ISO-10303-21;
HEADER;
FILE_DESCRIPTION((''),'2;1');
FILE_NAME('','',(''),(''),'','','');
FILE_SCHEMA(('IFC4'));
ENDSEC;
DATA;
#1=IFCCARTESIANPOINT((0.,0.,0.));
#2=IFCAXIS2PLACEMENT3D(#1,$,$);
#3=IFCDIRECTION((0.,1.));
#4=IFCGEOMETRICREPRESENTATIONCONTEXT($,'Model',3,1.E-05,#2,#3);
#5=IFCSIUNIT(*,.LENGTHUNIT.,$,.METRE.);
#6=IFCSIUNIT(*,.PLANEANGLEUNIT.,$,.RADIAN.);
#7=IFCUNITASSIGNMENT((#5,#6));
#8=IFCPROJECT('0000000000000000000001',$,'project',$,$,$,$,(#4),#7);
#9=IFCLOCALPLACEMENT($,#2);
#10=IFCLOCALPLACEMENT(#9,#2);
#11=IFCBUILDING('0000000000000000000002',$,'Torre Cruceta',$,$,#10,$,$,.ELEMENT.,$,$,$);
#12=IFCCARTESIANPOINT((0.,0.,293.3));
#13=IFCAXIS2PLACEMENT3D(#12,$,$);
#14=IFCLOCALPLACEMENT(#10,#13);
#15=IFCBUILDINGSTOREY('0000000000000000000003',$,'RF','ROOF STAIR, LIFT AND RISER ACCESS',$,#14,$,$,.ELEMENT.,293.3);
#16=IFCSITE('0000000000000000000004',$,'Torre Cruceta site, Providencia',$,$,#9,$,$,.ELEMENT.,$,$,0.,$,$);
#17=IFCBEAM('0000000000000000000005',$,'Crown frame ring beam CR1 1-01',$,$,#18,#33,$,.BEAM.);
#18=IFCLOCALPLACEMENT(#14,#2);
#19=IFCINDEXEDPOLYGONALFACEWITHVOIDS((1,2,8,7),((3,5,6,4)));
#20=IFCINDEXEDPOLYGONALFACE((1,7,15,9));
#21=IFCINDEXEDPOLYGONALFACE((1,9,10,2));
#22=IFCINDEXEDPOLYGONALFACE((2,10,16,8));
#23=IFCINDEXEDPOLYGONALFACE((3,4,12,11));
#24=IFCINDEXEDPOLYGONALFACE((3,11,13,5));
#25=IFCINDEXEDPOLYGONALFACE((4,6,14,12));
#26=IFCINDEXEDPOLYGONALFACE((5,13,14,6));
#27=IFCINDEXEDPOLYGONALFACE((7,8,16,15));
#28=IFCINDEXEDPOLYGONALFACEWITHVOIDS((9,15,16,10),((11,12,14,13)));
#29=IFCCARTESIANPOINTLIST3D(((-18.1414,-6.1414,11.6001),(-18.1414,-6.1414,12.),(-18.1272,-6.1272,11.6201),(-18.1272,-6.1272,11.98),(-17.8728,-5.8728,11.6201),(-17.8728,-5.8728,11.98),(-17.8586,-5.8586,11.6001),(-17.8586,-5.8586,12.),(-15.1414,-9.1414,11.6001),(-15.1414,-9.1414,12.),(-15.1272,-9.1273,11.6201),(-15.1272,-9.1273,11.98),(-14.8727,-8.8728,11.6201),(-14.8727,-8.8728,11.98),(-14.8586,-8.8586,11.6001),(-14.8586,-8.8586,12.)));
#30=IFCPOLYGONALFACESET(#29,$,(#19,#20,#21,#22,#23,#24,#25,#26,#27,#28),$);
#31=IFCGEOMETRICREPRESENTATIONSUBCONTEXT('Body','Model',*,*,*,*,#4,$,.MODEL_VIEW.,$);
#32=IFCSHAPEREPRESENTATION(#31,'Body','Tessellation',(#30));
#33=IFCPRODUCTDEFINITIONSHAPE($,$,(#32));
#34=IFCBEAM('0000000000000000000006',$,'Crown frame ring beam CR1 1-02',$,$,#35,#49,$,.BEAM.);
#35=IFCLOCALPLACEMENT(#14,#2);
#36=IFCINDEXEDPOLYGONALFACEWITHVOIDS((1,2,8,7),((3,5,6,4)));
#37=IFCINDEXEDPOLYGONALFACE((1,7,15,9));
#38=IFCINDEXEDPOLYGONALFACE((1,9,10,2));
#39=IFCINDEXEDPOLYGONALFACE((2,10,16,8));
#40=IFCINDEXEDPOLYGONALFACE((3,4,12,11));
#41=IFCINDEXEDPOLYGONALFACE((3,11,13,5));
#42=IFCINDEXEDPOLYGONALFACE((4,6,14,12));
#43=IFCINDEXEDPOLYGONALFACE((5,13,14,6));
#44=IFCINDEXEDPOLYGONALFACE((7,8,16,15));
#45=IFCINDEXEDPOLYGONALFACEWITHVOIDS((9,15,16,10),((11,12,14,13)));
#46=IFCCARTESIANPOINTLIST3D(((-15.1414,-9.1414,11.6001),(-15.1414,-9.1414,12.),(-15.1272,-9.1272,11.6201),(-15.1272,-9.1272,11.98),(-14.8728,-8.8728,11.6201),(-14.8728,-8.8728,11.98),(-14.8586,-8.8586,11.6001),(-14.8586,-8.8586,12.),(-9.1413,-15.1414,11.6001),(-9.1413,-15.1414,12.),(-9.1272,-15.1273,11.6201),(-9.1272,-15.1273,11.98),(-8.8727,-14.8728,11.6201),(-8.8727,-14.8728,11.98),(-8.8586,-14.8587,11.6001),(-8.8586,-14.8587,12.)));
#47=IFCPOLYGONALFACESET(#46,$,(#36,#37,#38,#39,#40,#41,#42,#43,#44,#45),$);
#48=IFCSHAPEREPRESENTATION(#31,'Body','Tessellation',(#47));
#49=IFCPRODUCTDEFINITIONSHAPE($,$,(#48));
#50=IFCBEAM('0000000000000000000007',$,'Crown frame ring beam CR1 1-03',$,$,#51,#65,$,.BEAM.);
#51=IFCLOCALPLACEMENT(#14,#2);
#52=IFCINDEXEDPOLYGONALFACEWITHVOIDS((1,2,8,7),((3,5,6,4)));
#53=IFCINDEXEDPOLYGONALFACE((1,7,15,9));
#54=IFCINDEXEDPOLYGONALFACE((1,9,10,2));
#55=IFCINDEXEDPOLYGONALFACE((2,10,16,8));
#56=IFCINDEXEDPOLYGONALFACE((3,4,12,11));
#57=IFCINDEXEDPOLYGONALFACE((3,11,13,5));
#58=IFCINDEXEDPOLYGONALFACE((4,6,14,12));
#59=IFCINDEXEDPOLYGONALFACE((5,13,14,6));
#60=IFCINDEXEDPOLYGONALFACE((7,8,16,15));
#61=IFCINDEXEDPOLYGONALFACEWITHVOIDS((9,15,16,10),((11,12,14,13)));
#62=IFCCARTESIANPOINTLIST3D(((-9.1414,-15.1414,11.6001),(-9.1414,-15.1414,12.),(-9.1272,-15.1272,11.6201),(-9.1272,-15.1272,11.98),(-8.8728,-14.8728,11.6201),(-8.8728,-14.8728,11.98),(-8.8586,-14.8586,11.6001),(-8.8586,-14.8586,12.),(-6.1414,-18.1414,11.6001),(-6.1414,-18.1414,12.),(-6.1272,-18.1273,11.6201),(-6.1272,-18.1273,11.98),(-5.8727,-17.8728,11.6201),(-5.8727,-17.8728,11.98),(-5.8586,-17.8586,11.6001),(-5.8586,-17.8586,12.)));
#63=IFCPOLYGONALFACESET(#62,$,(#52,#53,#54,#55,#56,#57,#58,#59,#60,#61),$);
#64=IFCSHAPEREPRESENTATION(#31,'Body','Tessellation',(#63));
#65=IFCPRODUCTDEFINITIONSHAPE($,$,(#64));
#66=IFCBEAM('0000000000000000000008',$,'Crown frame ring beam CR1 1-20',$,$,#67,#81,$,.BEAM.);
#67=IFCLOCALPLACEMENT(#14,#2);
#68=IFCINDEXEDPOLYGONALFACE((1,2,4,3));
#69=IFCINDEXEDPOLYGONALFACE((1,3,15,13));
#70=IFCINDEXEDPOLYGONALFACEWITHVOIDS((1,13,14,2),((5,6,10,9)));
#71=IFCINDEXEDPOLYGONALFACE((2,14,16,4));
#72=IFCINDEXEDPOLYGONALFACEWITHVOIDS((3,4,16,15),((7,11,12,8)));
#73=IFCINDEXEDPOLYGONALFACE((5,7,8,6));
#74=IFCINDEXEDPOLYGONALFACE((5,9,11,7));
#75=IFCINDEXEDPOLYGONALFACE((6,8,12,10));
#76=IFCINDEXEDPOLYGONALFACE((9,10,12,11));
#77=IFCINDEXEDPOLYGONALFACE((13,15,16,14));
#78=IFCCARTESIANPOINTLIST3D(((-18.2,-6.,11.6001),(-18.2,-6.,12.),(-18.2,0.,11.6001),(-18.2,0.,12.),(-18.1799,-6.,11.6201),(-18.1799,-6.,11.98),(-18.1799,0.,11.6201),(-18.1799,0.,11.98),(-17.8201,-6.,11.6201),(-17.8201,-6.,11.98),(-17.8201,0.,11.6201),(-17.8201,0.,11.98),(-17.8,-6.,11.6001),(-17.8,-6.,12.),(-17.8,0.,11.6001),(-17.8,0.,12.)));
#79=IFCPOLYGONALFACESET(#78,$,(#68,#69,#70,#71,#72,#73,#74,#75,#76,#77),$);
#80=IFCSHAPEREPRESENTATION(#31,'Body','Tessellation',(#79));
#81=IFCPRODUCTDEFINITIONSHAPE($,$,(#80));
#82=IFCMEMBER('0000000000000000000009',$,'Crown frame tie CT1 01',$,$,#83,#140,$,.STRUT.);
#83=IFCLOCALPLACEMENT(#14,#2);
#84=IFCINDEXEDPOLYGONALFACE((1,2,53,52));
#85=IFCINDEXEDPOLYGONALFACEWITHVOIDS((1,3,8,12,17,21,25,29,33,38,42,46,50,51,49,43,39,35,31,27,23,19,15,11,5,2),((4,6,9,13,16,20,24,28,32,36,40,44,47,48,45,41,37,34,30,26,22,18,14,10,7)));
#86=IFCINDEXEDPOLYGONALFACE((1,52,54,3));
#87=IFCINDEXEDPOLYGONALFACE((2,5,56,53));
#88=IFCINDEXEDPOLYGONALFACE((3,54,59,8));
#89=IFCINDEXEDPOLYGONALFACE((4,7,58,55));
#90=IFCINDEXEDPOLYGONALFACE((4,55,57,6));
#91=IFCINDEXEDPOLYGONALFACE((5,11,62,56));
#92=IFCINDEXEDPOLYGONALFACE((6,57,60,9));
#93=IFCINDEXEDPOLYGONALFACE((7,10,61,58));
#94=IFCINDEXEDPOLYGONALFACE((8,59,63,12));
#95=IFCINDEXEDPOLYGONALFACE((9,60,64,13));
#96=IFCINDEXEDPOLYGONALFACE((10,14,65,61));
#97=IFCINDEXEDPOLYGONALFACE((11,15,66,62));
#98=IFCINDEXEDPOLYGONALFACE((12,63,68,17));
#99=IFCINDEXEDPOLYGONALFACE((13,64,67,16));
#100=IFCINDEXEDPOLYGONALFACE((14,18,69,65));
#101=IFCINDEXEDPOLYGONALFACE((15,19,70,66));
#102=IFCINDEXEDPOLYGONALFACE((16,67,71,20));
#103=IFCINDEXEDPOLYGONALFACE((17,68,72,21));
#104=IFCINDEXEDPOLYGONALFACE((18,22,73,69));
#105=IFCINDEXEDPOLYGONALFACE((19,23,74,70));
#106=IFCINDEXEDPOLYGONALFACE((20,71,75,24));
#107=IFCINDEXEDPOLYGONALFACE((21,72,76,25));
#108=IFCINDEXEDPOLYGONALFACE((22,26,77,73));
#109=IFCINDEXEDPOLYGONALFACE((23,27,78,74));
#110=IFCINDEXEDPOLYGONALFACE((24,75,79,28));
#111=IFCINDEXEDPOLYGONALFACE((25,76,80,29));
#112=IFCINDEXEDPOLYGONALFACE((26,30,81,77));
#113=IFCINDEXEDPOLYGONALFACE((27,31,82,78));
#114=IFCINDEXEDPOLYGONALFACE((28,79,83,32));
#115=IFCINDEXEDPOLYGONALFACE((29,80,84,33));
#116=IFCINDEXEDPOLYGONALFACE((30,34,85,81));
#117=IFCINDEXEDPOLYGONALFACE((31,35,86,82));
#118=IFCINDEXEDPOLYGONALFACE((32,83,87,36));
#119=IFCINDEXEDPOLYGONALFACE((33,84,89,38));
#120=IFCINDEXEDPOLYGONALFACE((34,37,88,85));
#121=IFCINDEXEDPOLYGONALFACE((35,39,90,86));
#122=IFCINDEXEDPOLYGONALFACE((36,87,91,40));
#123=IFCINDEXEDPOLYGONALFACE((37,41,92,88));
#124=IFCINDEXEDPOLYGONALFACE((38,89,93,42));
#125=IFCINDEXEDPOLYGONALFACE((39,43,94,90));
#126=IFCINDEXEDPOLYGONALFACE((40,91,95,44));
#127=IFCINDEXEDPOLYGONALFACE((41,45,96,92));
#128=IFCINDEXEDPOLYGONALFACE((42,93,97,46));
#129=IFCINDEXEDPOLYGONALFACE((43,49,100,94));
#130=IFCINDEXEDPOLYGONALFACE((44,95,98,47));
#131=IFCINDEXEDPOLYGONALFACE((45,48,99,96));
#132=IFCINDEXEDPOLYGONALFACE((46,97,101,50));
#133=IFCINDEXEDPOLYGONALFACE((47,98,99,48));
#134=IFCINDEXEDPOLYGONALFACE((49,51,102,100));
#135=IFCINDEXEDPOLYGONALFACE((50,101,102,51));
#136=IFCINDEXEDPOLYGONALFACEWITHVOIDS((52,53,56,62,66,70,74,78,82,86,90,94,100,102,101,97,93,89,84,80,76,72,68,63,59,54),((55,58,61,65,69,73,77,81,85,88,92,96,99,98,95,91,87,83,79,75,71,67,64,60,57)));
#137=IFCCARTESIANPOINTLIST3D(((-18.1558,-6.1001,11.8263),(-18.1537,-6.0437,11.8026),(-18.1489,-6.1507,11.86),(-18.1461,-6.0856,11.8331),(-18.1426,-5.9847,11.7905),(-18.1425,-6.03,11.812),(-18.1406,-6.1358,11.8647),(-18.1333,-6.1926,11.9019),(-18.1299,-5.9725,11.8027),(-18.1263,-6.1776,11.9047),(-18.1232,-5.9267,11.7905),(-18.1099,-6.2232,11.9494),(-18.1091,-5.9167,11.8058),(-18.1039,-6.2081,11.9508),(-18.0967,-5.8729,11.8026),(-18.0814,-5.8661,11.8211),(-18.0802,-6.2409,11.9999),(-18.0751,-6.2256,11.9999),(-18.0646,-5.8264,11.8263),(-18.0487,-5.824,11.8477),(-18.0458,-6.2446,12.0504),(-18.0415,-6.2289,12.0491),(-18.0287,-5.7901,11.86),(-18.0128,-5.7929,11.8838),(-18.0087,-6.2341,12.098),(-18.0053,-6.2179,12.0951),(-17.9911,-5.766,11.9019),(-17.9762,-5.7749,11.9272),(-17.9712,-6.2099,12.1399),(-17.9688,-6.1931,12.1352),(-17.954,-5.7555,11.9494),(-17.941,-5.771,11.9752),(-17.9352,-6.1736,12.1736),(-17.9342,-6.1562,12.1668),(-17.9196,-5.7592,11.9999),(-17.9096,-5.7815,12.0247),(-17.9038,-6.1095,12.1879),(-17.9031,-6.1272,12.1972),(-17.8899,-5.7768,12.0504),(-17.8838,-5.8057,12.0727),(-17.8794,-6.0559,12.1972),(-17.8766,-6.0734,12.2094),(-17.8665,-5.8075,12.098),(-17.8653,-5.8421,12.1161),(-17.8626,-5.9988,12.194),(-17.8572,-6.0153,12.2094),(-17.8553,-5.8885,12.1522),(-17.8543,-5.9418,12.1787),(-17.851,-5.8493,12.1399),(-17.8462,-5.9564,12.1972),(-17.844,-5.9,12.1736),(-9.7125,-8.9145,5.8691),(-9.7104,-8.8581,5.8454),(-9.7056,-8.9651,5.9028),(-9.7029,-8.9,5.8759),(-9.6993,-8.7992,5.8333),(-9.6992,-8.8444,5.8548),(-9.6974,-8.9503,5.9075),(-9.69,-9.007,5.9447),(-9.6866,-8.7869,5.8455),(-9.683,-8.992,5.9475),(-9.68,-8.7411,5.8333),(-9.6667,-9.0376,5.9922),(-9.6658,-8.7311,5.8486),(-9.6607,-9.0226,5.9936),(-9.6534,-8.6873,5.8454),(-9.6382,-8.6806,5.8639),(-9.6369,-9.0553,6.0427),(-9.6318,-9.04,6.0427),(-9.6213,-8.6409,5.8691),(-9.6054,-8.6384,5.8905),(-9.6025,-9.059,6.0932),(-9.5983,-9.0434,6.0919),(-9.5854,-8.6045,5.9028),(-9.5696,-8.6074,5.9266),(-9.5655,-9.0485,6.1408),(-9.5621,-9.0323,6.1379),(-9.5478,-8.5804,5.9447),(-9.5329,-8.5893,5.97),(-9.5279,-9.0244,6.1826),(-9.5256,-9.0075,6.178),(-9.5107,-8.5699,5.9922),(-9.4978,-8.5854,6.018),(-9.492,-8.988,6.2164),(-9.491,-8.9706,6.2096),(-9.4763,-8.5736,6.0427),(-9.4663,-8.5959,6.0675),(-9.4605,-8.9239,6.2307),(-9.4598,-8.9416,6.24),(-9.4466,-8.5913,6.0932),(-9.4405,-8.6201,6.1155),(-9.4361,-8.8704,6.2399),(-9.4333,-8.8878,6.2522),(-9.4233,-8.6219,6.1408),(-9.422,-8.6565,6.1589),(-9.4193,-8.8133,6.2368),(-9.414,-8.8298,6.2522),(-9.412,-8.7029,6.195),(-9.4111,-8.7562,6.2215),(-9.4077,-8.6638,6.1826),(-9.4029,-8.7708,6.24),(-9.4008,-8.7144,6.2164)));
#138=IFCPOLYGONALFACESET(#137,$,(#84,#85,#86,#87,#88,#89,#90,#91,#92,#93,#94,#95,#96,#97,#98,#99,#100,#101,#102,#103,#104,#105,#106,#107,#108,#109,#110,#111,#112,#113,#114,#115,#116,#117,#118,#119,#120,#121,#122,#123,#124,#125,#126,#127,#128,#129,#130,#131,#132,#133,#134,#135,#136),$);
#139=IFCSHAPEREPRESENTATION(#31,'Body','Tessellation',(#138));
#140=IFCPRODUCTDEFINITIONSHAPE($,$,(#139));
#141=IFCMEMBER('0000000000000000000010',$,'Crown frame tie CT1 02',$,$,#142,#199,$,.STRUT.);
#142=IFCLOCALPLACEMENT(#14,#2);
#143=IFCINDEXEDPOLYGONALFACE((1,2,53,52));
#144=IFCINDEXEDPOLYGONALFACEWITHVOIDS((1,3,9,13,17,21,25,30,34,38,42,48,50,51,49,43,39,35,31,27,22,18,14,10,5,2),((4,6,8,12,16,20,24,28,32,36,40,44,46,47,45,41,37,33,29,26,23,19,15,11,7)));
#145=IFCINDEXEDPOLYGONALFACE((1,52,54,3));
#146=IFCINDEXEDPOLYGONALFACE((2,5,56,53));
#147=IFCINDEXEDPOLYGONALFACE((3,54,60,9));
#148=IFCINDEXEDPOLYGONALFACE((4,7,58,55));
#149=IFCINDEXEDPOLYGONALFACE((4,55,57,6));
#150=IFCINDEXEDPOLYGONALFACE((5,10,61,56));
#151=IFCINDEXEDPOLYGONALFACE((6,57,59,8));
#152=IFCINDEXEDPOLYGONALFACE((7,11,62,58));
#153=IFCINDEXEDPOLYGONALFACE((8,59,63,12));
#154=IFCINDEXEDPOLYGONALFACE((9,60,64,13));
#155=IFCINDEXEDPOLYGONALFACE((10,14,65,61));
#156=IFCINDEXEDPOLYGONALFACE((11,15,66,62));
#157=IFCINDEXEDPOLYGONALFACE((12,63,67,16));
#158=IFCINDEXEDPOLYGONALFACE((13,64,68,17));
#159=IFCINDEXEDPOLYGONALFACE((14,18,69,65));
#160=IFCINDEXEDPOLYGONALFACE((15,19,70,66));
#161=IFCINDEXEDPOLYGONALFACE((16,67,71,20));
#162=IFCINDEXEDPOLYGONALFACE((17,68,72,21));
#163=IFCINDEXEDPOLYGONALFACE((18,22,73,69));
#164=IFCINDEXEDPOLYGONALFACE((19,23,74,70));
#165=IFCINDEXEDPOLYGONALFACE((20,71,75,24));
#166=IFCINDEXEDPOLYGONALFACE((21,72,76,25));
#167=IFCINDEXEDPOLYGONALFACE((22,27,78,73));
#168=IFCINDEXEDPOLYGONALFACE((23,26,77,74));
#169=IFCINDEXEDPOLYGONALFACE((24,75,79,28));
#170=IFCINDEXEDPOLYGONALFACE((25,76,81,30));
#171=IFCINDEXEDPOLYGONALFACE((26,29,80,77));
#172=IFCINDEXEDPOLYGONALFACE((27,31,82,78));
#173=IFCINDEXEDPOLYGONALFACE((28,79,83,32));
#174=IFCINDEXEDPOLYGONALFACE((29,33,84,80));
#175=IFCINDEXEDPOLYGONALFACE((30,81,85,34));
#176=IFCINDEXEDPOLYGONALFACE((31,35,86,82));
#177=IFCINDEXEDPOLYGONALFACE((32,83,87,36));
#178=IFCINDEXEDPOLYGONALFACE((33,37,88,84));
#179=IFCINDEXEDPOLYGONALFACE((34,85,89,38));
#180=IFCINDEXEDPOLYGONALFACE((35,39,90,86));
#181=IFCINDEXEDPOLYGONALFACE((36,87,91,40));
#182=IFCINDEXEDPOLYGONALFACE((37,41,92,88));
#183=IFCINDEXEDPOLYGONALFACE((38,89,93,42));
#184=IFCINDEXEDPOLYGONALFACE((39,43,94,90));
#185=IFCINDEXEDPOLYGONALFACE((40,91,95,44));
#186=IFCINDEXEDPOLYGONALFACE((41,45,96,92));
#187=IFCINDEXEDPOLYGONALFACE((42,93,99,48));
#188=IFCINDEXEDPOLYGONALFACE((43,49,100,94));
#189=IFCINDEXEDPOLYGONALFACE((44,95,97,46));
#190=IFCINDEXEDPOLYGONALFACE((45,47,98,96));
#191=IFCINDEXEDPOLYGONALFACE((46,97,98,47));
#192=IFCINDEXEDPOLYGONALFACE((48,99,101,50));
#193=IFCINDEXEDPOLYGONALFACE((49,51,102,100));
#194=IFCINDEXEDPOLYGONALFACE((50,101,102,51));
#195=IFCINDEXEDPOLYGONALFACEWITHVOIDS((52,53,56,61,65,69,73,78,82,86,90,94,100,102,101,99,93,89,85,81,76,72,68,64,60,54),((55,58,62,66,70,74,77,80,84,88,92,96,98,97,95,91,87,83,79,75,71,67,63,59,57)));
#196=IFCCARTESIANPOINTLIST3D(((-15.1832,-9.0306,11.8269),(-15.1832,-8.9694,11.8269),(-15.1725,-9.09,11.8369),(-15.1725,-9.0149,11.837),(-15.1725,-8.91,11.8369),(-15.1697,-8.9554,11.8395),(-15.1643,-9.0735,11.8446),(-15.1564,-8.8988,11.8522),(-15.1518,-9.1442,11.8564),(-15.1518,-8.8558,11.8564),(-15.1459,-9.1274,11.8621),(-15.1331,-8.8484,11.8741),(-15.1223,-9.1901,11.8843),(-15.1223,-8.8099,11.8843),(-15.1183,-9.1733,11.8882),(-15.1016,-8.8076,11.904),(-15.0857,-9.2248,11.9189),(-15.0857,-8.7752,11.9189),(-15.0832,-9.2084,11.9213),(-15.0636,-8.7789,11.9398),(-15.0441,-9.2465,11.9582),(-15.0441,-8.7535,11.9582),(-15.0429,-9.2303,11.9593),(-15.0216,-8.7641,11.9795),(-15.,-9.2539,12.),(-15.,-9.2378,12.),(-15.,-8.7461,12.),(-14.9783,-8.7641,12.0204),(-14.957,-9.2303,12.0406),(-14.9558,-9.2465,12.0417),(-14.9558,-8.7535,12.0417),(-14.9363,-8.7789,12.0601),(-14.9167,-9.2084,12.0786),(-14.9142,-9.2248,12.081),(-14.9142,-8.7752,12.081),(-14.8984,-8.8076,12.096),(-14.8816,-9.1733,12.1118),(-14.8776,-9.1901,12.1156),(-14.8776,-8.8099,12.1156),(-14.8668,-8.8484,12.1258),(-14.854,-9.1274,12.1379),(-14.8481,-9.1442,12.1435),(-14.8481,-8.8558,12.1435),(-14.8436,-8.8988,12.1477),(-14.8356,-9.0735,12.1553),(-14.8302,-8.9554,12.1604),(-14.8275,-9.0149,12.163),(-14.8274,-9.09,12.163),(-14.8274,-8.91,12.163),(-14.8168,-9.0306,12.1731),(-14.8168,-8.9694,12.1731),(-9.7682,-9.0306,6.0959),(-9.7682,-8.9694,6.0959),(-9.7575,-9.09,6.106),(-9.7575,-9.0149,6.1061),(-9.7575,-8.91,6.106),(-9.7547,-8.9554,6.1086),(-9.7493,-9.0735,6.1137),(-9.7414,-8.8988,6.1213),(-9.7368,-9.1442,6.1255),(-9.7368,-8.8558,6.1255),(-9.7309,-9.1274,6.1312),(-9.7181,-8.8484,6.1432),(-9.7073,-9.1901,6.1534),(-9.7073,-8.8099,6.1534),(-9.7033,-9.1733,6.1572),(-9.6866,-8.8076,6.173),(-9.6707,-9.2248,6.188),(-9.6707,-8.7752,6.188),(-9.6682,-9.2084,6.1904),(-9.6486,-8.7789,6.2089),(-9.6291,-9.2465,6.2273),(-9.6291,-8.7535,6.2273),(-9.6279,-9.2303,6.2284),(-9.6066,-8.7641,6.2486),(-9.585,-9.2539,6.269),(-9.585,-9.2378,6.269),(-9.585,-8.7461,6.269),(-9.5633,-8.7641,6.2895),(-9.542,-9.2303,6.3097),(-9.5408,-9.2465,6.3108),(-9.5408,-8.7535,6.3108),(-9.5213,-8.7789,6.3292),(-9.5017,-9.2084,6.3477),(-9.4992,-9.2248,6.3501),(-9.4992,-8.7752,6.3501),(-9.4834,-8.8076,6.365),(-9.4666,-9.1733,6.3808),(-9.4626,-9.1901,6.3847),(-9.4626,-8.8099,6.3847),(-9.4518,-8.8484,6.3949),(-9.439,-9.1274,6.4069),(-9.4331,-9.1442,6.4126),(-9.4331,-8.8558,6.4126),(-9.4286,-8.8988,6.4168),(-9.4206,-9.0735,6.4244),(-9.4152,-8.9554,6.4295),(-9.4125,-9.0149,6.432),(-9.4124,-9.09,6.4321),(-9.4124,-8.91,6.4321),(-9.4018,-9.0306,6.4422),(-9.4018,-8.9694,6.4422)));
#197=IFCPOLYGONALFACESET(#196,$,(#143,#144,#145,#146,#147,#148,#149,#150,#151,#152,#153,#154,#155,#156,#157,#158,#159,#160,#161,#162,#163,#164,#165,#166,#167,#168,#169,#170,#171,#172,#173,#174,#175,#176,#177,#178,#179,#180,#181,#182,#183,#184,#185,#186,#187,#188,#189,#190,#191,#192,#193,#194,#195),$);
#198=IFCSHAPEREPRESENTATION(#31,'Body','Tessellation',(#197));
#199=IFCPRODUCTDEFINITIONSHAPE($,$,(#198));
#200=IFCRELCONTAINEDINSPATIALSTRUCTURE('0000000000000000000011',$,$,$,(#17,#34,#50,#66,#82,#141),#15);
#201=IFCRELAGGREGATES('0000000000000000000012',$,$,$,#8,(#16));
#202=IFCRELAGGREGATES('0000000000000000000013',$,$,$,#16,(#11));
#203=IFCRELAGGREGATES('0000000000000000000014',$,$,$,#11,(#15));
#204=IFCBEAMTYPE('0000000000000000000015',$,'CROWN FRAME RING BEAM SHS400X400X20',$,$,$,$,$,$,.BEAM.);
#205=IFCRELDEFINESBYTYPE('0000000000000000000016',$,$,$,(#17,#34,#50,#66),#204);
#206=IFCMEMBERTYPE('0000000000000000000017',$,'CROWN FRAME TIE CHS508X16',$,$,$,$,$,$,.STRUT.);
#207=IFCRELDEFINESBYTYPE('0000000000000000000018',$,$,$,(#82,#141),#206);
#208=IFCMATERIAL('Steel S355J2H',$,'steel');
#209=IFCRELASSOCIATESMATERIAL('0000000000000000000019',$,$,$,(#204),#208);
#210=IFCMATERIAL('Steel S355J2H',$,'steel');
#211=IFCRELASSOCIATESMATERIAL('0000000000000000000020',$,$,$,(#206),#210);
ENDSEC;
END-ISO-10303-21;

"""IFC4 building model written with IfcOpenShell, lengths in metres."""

from ifc_helpers import new_model, si_unit, direction, frame, origin, origin_2d, place, context, subcontext, project, spatial, hollow_rectangle, hollow_circle, extrude, material, material_profile, profile_set, type_object, element, save


model = new_model("IFC4")

# Units and contexts
model_context = context("Model", 3, precision=1e-05, world=origin(), true_north=direction((0.0, 1.0)))
body_context = subcontext(model_context, "Body", "Model", "MODEL_VIEW")
ifc_project = project(units=[si_unit("LENGTHUNIT", "METRE"), si_unit("PLANEANGLEUNIT", "RADIAN")], contexts=[model_context])

# Site, building, storey
site_placement = place(None, origin())
site = spatial("IfcSite", under=ifc_project, at=site_placement, Name="Torre Cruceta site, Providencia", CompositionType="ELEMENT", RefElevation=0.0)
building_placement = place(site_placement, origin())
building = spatial("IfcBuilding", under=site, at=building_placement, Name="Torre Cruceta", CompositionType="ELEMENT")
storey_placement = place(building_placement, frame((0.0, 0.0, 293.3)))
storey = spatial("IfcBuildingStorey", under=building, at=storey_placement, Name="RF", Description="ROOF STAIR, LIFT AND RISER ACCESS", CompositionType="ELEMENT", Elevation=293.3)

# Beams
ifc_material_1 = material(Name="Steel S355J2H", Category="steel")
ifc_material_profile_1 = material_profile(ifc_material_1, hollow_rectangle(XDim=0.3999, YDim=0.3999, WallThickness=0.02, at=origin_2d()), Name="SHS400X400X20")
ifc_profile_set_1 = profile_set([ifc_material_profile_1], Name="Steel S355J2H")
beam_type_1 = type_object("IfcBeamType", Name="CROWN FRAME RING BEAM SHS400X400X20", PredefinedType="BEAM", material=ifc_profile_set_1)
beam_1_placement = place(storey_placement, frame((-18.0, -6.0, 11.8), z_axis=(0.707107, -0.707107, 0.0), x_axis=(0.707107, 0.707107, 0.0)))
element("IfcBeam", 1, at=beam_1_placement, inside=storey, type_object=beam_type_1, Name="Crown frame ring beam CR1 1-01", PredefinedType="BEAM", context=body_context, shape_type="SweptSolid", body=[
    extrude(hollow_rectangle(XDim=0.3999, YDim=0.3999, WallThickness=0.02, at=origin_2d()), origin(), (0.0, 0.0, 1.0), 4.2427),
])
beam_2_placement = place(storey_placement, frame((-15.0, -9.0, 11.8), z_axis=(0.707107, -0.707107, 0.0), x_axis=(0.707107, 0.707107, 0.0)))
element("IfcBeam", 2, at=beam_2_placement, inside=storey, type_object=beam_type_1, Name="Crown frame ring beam CR1 1-02", PredefinedType="BEAM", context=body_context, shape_type="SweptSolid", body=[
    extrude(hollow_rectangle(XDim=0.3999, YDim=0.3999, WallThickness=0.02, at=origin_2d()), origin(), (0.0, 0.0, 1.0), 8.4854),
])
beam_3_placement = place(storey_placement, frame((-9.0, -15.0, 11.8), z_axis=(0.707107, -0.707107, 0.0), x_axis=(0.707107, 0.707107, 0.0)))
element("IfcBeam", 3, at=beam_3_placement, inside=storey, type_object=beam_type_1, Name="Crown frame ring beam CR1 1-03", PredefinedType="BEAM", context=body_context, shape_type="SweptSolid", body=[
    extrude(hollow_rectangle(XDim=0.3999, YDim=0.3999, WallThickness=0.02, at=origin_2d()), origin(), (0.0, 0.0, 1.0), 4.2427),
])
beam_4_placement = place(storey_placement, frame((-18.0, 0.0, 11.8), z_axis=(0.0, -1.0, 0.0), x_axis=(1.0, 0.0, 0.0)))
element("IfcBeam", 4, at=beam_4_placement, inside=storey, type_object=beam_type_1, Name="Crown frame ring beam CR1 1-20", PredefinedType="BEAM", context=body_context, shape_type="SweptSolid", body=[
    extrude(hollow_rectangle(XDim=0.3999, YDim=0.3999, WallThickness=0.02, at=origin_2d()), origin(), (0.0, 0.0, 1.0), 6.0),
])

# Members
ifc_material_2 = material(Name="Steel S355J2H", Category="steel")
ifc_material_profile_2 = material_profile(ifc_material_2, hollow_circle(Radius=0.2539, WallThickness=0.0161, at=origin_2d()), Name="CHS508X16")
ifc_profile_set_2 = profile_set([ifc_material_profile_2], Name="Steel S355J2H")
member_type_1 = type_object("IfcMemberType", Name="CROWN FRAME TIE CHS508X16", PredefinedType="STRUT", material=ifc_profile_set_2)
member_1_placement = place(storey_placement, frame((-9.5566, -8.8145, 6.0427), z_axis=(-0.788374, 0.262791, 0.556243), x_axis=(-0.316228, -0.948683, 0.0)))
element("IfcMember", 5, at=member_1_placement, inside=storey, type_object=member_type_1, Name="Crown frame tie CT1 01", PredefinedType="STRUT", context=body_context, shape_type="SweptSolid", body=[
    extrude(hollow_circle(Radius=0.2539, WallThickness=0.0161, at=origin_2d()), origin(), (0.0, 0.0, 1.0), 10.7097),
])
for number, where, z_axis, x_axis, name in (
    (6, (-9.585, -9.0, 6.269), (-0.686789, 0.0, 0.726857), (0.0, -1.0, 0.0), "Crown frame tie CT1 02"),
):
    element("IfcMember", number, at=place(storey_placement, frame(where, z_axis=z_axis, x_axis=x_axis)), inside=storey, type_object=member_type_1, Name=name, PredefinedType="STRUT", context=body_context, shape_type="SweptSolid", body=[
        extrude(hollow_circle(Radius=0.2539, WallThickness=0.0161, at=origin_2d()), origin(), (0.0, 0.0, 1.0), 7.8845),
    ])

save(model, "model.ifc")
